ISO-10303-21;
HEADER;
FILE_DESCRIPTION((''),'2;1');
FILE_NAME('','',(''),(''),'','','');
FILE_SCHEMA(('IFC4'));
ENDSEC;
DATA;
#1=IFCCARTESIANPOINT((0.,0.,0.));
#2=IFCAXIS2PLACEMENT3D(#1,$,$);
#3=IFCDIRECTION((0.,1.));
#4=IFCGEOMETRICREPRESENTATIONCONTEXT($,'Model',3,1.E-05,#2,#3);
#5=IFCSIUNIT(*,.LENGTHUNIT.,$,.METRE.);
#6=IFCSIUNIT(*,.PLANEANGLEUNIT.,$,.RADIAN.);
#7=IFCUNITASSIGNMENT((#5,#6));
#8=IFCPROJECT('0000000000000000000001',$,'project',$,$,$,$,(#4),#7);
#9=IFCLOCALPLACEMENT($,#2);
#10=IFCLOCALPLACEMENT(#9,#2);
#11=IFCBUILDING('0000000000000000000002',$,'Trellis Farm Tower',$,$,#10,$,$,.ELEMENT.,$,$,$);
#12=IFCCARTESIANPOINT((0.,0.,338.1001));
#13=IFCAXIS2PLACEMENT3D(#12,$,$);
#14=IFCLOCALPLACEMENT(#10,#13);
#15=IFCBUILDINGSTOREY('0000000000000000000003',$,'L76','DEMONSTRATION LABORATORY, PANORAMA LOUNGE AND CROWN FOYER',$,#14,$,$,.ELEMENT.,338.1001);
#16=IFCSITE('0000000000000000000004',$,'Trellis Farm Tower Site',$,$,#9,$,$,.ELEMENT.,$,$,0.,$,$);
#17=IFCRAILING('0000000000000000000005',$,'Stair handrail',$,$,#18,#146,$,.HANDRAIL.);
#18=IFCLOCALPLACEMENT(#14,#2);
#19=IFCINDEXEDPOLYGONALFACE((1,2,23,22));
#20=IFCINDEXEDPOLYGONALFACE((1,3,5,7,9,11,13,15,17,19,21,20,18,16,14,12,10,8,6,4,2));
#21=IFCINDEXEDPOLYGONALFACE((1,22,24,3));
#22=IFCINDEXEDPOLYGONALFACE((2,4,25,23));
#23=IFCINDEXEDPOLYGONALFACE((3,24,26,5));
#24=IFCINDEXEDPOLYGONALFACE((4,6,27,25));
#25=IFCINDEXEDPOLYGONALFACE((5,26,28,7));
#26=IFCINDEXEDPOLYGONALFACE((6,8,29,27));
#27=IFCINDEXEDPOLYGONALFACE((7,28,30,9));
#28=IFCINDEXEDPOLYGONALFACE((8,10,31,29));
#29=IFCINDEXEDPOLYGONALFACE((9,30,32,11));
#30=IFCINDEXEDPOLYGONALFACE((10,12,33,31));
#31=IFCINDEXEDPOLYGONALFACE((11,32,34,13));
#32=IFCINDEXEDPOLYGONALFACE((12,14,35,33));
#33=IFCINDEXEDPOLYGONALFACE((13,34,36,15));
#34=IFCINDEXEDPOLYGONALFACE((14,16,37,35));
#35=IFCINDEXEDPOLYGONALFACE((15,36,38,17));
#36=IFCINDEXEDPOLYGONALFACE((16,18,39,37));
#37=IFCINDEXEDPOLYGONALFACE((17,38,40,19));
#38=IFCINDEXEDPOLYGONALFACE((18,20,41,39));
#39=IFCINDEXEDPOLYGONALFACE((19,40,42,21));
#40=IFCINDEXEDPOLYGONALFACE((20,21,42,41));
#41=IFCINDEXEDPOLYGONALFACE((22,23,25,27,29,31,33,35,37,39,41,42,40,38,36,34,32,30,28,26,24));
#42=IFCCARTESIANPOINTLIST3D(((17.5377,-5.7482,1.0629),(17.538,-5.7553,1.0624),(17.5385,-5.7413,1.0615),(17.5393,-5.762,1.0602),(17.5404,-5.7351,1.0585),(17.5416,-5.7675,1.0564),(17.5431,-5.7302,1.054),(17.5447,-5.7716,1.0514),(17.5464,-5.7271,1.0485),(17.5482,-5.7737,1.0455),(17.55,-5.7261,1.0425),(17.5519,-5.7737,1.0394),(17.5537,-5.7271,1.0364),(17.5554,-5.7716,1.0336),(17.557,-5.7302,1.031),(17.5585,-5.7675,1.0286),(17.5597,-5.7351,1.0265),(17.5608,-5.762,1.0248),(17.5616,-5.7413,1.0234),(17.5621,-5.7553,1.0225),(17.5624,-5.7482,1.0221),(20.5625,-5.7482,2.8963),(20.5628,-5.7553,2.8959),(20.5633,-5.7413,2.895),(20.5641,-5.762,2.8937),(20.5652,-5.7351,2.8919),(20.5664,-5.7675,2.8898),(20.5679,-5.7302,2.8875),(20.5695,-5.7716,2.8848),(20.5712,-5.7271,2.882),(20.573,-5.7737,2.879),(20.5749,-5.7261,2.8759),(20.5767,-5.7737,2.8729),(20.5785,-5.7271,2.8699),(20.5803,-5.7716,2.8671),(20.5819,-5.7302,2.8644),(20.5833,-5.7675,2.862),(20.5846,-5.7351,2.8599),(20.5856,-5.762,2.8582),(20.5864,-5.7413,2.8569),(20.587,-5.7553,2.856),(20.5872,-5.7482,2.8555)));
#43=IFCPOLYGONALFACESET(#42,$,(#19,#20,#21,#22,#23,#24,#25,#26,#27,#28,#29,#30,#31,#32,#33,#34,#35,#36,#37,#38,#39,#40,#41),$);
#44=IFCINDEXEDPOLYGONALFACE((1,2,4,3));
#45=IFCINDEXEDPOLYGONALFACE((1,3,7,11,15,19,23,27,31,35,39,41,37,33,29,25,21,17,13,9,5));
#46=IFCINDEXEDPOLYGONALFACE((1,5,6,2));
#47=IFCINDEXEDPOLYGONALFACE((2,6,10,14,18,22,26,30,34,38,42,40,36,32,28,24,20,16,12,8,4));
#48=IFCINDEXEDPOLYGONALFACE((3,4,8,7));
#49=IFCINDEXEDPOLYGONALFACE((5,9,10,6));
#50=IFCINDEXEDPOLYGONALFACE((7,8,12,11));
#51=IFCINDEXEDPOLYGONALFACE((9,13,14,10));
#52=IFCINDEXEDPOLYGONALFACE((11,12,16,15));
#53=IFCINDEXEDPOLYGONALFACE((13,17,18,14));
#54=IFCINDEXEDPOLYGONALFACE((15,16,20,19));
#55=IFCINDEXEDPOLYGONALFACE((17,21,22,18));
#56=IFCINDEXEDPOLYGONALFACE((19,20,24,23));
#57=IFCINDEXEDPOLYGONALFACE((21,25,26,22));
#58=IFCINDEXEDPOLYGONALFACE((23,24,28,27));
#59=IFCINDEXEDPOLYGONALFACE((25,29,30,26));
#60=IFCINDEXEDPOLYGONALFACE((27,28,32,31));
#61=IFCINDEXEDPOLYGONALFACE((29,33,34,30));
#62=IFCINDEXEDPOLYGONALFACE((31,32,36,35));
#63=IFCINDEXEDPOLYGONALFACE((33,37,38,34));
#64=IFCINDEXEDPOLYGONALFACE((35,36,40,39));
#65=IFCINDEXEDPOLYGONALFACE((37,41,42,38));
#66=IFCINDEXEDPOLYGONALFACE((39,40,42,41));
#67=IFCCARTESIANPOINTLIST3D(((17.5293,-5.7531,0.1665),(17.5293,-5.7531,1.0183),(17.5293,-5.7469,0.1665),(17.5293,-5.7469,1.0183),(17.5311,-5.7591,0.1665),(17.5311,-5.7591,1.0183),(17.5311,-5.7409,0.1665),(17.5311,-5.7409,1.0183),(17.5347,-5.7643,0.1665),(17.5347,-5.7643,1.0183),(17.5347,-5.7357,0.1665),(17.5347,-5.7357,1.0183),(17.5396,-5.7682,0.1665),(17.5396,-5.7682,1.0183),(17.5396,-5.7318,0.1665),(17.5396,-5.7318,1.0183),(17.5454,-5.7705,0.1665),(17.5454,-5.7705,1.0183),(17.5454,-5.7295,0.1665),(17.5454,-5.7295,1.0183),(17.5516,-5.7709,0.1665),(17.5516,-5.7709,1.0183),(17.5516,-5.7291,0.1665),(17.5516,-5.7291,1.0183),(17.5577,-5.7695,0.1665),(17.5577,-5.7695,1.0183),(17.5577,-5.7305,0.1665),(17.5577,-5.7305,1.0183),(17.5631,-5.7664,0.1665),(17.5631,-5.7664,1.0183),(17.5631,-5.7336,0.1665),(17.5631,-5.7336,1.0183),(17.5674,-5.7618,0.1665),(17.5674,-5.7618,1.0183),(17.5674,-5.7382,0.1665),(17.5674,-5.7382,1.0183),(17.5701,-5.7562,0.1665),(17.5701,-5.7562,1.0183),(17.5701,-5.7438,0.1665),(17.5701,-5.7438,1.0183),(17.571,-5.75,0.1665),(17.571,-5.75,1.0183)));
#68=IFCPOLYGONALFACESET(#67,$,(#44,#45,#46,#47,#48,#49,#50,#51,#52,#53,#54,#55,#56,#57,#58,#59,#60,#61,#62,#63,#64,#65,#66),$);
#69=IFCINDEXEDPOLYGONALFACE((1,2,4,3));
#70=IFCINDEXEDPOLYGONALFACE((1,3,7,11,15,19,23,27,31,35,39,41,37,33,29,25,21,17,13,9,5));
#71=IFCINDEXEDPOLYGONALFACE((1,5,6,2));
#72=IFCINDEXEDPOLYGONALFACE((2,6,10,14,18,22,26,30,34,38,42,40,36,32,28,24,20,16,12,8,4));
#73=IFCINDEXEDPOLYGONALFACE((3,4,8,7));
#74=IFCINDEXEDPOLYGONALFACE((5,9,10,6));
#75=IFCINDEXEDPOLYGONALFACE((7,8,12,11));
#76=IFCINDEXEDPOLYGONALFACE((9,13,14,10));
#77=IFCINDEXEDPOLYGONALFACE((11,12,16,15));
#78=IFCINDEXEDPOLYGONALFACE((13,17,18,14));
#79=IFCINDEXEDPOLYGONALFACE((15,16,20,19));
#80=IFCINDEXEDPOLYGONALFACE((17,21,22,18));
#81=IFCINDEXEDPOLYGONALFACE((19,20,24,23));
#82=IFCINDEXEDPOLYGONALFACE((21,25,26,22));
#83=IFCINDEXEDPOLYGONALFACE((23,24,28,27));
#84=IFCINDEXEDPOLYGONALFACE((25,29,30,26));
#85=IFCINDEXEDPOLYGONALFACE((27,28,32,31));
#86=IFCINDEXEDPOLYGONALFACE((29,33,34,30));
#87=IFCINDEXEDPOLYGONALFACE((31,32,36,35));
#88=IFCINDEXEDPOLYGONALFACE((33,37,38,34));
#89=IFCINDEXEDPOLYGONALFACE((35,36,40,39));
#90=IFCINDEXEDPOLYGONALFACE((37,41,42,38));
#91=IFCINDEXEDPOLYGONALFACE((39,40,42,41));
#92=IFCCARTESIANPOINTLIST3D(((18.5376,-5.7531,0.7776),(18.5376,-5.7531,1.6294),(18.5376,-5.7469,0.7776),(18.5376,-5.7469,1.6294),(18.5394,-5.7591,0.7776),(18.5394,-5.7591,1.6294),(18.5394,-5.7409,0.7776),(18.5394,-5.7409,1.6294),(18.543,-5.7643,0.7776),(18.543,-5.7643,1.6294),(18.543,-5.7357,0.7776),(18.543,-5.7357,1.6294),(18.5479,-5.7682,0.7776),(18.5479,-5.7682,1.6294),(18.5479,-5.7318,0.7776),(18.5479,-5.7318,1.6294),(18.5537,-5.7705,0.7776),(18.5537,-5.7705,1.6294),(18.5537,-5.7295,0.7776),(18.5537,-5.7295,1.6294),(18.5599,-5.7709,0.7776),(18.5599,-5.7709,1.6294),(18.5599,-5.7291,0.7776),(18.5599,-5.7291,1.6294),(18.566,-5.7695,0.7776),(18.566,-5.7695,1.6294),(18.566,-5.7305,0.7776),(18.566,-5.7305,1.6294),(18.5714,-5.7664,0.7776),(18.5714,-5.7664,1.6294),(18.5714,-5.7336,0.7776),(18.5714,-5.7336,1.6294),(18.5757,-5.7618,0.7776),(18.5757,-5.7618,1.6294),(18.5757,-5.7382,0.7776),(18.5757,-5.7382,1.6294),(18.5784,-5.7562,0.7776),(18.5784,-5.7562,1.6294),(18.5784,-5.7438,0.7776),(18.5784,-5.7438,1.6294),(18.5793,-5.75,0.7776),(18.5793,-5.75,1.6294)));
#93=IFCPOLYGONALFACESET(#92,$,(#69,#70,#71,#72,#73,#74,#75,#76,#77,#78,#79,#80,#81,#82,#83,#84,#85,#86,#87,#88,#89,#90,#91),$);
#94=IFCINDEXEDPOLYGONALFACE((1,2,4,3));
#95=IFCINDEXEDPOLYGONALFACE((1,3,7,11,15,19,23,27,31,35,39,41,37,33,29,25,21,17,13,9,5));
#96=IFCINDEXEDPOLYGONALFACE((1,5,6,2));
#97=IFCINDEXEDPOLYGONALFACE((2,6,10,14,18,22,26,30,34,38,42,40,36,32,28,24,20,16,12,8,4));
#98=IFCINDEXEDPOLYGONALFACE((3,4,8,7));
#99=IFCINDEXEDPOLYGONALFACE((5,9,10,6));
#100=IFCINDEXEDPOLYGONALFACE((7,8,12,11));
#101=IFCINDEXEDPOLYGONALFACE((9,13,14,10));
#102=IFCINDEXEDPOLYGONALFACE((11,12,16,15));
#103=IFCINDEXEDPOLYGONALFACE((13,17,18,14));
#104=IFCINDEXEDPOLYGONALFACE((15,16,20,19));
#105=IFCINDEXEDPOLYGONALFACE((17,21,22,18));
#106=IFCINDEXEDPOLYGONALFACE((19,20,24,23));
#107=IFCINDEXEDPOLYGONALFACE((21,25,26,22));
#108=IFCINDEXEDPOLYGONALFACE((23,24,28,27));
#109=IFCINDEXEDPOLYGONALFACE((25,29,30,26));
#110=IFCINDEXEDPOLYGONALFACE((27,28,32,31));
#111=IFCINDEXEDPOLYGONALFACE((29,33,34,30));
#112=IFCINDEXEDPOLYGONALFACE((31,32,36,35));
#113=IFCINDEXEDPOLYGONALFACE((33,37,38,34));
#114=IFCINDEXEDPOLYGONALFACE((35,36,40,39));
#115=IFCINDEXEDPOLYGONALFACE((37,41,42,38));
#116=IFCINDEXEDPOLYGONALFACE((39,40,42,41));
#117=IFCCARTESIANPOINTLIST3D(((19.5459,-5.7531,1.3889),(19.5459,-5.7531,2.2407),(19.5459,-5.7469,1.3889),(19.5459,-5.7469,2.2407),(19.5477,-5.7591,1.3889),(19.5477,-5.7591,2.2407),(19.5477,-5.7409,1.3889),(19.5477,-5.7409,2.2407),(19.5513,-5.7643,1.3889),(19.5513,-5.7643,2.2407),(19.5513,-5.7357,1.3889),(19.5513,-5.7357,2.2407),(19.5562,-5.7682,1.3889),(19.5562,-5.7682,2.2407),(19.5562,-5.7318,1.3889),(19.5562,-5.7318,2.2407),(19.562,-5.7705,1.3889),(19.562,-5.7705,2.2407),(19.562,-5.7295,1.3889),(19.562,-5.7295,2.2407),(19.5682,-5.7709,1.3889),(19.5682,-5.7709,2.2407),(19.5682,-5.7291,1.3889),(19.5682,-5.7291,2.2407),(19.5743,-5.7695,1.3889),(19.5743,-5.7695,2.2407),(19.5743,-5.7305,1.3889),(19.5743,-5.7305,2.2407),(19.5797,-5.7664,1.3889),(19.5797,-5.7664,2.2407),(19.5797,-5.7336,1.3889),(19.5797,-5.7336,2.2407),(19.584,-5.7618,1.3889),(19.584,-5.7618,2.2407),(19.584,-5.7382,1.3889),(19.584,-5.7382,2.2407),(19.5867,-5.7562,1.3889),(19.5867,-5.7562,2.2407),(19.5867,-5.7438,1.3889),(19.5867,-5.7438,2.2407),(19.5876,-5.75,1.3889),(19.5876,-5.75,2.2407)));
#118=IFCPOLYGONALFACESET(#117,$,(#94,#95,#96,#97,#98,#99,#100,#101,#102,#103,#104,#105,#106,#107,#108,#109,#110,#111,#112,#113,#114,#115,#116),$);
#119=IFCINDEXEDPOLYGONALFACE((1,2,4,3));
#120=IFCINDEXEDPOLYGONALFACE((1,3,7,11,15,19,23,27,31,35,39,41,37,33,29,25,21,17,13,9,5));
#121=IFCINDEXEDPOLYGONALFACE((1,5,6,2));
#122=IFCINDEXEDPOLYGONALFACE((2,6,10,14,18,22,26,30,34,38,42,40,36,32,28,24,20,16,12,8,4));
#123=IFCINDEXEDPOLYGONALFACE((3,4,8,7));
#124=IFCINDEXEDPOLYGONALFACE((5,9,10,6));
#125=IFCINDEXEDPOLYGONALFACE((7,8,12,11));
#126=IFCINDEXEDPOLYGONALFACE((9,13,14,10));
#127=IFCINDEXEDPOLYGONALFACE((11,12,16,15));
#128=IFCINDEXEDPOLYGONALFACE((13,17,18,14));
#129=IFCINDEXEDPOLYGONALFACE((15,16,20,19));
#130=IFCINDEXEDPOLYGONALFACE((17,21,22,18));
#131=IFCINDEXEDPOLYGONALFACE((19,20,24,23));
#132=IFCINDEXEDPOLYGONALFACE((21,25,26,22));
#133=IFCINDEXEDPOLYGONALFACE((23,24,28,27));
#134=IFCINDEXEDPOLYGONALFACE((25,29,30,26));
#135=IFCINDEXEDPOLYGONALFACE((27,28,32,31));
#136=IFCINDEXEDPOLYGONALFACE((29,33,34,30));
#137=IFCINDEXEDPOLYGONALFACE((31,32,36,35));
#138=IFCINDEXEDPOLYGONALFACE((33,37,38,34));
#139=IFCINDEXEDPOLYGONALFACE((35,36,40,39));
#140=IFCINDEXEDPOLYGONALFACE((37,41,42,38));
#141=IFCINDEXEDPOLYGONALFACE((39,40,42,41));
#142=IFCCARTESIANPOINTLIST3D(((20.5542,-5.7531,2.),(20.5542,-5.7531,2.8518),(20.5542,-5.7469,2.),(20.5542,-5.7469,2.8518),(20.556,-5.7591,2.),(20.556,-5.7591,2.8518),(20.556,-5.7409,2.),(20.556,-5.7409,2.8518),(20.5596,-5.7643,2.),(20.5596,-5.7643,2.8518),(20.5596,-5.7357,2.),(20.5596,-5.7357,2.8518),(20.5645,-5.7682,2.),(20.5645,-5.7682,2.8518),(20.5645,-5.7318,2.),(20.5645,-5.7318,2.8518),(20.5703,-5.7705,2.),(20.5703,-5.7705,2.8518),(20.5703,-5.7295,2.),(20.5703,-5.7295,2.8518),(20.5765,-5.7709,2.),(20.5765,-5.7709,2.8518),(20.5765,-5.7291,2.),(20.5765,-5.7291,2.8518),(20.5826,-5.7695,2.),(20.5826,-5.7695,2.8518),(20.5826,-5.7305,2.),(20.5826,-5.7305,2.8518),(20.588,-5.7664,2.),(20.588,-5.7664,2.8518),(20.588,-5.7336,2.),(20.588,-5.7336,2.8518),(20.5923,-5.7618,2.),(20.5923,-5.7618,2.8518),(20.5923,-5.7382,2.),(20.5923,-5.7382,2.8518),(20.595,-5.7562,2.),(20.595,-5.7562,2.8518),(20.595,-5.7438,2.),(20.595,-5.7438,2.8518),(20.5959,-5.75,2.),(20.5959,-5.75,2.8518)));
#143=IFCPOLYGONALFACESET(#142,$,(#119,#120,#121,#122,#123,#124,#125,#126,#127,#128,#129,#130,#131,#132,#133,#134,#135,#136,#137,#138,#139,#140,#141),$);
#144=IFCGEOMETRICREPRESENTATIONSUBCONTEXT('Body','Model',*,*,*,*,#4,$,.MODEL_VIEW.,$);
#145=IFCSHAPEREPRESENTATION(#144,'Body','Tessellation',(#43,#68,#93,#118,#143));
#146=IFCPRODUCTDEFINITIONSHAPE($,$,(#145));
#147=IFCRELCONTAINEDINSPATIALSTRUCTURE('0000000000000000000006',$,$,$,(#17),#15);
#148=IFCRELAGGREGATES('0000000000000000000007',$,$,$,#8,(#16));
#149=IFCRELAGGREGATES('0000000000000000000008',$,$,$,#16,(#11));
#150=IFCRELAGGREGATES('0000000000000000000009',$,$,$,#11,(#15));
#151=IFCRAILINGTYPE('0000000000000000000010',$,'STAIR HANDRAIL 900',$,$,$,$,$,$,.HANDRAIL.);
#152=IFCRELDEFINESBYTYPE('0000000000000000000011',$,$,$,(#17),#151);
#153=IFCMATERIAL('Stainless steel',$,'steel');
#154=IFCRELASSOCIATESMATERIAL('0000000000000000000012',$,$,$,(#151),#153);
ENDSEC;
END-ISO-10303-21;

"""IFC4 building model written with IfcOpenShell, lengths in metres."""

from ifc_helpers import new_model, si_unit, direction, frame, origin, origin_2d, place, context, subcontext, project, spatial, circle, extrude, source, transform, mapped, material, type_object, element, save


model = new_model("IFC4")

# Units and contexts
model_context = context("Model", 3, precision=1e-05, world=origin(), true_north=direction((0.0, 1.0)))
body_context = subcontext(model_context, "Body", "Model", "MODEL_VIEW")
ifc_project = project(units=[si_unit("LENGTHUNIT", "METRE"), si_unit("PLANEANGLEUNIT", "RADIAN")], contexts=[model_context])

# Site, building, storey
site_placement = place(None, origin())
site = spatial("IfcSite", under=ifc_project, at=site_placement, Name="Trellis Farm Tower Site", CompositionType="ELEMENT", RefElevation=0.0)
building_placement = place(site_placement, origin())
building = spatial("IfcBuilding", under=site, at=building_placement, Name="Trellis Farm Tower", CompositionType="ELEMENT")
storey_placement = place(building_placement, frame((0.0, 0.0, 338.1001)))
storey = spatial("IfcBuildingStorey", under=building, at=storey_placement, Name="L76", Description="DEMONSTRATION LABORATORY, PANORAMA LOUNGE AND CROWN FOYER", CompositionType="ELEMENT", Elevation=338.1001)

# Railing
ifc_material_1 = material(Name="Stainless steel", Category="steel")
railing_type_1 = type_object("IfcRailingType", Name="STAIR HANDRAIL 900", PredefinedType="HANDRAIL", material=ifc_material_1)
shared_shape_1 = source(origin(), body_context, "Body", "SweptSolid", [
    extrude(circle(Radius=0.0239, at=origin_2d()), frame((0.0, 0.0, 0.876), z_axis=(0.85517, 0.0, 0.518348), x_axis=(0.0, 1.0, 0.0)), (0.0, 0.0, 1.0), 3.5371),
    extrude(circle(Radius=0.021, at=origin_2d()), origin(), (0.0, 0.0, 1.0), 0.8518),
    extrude(circle(Radius=0.021, at=origin_2d()), frame((1.0083, 0.0, 0.6111)), (0.0, 0.0, 1.0), 0.8518),
    extrude(circle(Radius=0.021, at=origin_2d()), frame((2.0166, 0.0, 1.2224)), (0.0, 0.0, 1.0), 0.8518),
    extrude(circle(Radius=0.021, at=origin_2d()), frame((3.0249, 0.0, 1.8335)), (0.0, 0.0, 1.0), 0.8518),
])
railing_1_placement = place(storey_placement, frame((17.55, -5.75, 0.1665)))
element("IfcRailing", 1, at=railing_1_placement, inside=storey, type_object=railing_type_1, Name="Stair handrail", PredefinedType="HANDRAIL", context=body_context, shape_type="MappedRepresentation", body=[
    mapped(shared_shape_1, transform((0.0, 0.0, 0.0))),
])

save(model, "model.ifc")
